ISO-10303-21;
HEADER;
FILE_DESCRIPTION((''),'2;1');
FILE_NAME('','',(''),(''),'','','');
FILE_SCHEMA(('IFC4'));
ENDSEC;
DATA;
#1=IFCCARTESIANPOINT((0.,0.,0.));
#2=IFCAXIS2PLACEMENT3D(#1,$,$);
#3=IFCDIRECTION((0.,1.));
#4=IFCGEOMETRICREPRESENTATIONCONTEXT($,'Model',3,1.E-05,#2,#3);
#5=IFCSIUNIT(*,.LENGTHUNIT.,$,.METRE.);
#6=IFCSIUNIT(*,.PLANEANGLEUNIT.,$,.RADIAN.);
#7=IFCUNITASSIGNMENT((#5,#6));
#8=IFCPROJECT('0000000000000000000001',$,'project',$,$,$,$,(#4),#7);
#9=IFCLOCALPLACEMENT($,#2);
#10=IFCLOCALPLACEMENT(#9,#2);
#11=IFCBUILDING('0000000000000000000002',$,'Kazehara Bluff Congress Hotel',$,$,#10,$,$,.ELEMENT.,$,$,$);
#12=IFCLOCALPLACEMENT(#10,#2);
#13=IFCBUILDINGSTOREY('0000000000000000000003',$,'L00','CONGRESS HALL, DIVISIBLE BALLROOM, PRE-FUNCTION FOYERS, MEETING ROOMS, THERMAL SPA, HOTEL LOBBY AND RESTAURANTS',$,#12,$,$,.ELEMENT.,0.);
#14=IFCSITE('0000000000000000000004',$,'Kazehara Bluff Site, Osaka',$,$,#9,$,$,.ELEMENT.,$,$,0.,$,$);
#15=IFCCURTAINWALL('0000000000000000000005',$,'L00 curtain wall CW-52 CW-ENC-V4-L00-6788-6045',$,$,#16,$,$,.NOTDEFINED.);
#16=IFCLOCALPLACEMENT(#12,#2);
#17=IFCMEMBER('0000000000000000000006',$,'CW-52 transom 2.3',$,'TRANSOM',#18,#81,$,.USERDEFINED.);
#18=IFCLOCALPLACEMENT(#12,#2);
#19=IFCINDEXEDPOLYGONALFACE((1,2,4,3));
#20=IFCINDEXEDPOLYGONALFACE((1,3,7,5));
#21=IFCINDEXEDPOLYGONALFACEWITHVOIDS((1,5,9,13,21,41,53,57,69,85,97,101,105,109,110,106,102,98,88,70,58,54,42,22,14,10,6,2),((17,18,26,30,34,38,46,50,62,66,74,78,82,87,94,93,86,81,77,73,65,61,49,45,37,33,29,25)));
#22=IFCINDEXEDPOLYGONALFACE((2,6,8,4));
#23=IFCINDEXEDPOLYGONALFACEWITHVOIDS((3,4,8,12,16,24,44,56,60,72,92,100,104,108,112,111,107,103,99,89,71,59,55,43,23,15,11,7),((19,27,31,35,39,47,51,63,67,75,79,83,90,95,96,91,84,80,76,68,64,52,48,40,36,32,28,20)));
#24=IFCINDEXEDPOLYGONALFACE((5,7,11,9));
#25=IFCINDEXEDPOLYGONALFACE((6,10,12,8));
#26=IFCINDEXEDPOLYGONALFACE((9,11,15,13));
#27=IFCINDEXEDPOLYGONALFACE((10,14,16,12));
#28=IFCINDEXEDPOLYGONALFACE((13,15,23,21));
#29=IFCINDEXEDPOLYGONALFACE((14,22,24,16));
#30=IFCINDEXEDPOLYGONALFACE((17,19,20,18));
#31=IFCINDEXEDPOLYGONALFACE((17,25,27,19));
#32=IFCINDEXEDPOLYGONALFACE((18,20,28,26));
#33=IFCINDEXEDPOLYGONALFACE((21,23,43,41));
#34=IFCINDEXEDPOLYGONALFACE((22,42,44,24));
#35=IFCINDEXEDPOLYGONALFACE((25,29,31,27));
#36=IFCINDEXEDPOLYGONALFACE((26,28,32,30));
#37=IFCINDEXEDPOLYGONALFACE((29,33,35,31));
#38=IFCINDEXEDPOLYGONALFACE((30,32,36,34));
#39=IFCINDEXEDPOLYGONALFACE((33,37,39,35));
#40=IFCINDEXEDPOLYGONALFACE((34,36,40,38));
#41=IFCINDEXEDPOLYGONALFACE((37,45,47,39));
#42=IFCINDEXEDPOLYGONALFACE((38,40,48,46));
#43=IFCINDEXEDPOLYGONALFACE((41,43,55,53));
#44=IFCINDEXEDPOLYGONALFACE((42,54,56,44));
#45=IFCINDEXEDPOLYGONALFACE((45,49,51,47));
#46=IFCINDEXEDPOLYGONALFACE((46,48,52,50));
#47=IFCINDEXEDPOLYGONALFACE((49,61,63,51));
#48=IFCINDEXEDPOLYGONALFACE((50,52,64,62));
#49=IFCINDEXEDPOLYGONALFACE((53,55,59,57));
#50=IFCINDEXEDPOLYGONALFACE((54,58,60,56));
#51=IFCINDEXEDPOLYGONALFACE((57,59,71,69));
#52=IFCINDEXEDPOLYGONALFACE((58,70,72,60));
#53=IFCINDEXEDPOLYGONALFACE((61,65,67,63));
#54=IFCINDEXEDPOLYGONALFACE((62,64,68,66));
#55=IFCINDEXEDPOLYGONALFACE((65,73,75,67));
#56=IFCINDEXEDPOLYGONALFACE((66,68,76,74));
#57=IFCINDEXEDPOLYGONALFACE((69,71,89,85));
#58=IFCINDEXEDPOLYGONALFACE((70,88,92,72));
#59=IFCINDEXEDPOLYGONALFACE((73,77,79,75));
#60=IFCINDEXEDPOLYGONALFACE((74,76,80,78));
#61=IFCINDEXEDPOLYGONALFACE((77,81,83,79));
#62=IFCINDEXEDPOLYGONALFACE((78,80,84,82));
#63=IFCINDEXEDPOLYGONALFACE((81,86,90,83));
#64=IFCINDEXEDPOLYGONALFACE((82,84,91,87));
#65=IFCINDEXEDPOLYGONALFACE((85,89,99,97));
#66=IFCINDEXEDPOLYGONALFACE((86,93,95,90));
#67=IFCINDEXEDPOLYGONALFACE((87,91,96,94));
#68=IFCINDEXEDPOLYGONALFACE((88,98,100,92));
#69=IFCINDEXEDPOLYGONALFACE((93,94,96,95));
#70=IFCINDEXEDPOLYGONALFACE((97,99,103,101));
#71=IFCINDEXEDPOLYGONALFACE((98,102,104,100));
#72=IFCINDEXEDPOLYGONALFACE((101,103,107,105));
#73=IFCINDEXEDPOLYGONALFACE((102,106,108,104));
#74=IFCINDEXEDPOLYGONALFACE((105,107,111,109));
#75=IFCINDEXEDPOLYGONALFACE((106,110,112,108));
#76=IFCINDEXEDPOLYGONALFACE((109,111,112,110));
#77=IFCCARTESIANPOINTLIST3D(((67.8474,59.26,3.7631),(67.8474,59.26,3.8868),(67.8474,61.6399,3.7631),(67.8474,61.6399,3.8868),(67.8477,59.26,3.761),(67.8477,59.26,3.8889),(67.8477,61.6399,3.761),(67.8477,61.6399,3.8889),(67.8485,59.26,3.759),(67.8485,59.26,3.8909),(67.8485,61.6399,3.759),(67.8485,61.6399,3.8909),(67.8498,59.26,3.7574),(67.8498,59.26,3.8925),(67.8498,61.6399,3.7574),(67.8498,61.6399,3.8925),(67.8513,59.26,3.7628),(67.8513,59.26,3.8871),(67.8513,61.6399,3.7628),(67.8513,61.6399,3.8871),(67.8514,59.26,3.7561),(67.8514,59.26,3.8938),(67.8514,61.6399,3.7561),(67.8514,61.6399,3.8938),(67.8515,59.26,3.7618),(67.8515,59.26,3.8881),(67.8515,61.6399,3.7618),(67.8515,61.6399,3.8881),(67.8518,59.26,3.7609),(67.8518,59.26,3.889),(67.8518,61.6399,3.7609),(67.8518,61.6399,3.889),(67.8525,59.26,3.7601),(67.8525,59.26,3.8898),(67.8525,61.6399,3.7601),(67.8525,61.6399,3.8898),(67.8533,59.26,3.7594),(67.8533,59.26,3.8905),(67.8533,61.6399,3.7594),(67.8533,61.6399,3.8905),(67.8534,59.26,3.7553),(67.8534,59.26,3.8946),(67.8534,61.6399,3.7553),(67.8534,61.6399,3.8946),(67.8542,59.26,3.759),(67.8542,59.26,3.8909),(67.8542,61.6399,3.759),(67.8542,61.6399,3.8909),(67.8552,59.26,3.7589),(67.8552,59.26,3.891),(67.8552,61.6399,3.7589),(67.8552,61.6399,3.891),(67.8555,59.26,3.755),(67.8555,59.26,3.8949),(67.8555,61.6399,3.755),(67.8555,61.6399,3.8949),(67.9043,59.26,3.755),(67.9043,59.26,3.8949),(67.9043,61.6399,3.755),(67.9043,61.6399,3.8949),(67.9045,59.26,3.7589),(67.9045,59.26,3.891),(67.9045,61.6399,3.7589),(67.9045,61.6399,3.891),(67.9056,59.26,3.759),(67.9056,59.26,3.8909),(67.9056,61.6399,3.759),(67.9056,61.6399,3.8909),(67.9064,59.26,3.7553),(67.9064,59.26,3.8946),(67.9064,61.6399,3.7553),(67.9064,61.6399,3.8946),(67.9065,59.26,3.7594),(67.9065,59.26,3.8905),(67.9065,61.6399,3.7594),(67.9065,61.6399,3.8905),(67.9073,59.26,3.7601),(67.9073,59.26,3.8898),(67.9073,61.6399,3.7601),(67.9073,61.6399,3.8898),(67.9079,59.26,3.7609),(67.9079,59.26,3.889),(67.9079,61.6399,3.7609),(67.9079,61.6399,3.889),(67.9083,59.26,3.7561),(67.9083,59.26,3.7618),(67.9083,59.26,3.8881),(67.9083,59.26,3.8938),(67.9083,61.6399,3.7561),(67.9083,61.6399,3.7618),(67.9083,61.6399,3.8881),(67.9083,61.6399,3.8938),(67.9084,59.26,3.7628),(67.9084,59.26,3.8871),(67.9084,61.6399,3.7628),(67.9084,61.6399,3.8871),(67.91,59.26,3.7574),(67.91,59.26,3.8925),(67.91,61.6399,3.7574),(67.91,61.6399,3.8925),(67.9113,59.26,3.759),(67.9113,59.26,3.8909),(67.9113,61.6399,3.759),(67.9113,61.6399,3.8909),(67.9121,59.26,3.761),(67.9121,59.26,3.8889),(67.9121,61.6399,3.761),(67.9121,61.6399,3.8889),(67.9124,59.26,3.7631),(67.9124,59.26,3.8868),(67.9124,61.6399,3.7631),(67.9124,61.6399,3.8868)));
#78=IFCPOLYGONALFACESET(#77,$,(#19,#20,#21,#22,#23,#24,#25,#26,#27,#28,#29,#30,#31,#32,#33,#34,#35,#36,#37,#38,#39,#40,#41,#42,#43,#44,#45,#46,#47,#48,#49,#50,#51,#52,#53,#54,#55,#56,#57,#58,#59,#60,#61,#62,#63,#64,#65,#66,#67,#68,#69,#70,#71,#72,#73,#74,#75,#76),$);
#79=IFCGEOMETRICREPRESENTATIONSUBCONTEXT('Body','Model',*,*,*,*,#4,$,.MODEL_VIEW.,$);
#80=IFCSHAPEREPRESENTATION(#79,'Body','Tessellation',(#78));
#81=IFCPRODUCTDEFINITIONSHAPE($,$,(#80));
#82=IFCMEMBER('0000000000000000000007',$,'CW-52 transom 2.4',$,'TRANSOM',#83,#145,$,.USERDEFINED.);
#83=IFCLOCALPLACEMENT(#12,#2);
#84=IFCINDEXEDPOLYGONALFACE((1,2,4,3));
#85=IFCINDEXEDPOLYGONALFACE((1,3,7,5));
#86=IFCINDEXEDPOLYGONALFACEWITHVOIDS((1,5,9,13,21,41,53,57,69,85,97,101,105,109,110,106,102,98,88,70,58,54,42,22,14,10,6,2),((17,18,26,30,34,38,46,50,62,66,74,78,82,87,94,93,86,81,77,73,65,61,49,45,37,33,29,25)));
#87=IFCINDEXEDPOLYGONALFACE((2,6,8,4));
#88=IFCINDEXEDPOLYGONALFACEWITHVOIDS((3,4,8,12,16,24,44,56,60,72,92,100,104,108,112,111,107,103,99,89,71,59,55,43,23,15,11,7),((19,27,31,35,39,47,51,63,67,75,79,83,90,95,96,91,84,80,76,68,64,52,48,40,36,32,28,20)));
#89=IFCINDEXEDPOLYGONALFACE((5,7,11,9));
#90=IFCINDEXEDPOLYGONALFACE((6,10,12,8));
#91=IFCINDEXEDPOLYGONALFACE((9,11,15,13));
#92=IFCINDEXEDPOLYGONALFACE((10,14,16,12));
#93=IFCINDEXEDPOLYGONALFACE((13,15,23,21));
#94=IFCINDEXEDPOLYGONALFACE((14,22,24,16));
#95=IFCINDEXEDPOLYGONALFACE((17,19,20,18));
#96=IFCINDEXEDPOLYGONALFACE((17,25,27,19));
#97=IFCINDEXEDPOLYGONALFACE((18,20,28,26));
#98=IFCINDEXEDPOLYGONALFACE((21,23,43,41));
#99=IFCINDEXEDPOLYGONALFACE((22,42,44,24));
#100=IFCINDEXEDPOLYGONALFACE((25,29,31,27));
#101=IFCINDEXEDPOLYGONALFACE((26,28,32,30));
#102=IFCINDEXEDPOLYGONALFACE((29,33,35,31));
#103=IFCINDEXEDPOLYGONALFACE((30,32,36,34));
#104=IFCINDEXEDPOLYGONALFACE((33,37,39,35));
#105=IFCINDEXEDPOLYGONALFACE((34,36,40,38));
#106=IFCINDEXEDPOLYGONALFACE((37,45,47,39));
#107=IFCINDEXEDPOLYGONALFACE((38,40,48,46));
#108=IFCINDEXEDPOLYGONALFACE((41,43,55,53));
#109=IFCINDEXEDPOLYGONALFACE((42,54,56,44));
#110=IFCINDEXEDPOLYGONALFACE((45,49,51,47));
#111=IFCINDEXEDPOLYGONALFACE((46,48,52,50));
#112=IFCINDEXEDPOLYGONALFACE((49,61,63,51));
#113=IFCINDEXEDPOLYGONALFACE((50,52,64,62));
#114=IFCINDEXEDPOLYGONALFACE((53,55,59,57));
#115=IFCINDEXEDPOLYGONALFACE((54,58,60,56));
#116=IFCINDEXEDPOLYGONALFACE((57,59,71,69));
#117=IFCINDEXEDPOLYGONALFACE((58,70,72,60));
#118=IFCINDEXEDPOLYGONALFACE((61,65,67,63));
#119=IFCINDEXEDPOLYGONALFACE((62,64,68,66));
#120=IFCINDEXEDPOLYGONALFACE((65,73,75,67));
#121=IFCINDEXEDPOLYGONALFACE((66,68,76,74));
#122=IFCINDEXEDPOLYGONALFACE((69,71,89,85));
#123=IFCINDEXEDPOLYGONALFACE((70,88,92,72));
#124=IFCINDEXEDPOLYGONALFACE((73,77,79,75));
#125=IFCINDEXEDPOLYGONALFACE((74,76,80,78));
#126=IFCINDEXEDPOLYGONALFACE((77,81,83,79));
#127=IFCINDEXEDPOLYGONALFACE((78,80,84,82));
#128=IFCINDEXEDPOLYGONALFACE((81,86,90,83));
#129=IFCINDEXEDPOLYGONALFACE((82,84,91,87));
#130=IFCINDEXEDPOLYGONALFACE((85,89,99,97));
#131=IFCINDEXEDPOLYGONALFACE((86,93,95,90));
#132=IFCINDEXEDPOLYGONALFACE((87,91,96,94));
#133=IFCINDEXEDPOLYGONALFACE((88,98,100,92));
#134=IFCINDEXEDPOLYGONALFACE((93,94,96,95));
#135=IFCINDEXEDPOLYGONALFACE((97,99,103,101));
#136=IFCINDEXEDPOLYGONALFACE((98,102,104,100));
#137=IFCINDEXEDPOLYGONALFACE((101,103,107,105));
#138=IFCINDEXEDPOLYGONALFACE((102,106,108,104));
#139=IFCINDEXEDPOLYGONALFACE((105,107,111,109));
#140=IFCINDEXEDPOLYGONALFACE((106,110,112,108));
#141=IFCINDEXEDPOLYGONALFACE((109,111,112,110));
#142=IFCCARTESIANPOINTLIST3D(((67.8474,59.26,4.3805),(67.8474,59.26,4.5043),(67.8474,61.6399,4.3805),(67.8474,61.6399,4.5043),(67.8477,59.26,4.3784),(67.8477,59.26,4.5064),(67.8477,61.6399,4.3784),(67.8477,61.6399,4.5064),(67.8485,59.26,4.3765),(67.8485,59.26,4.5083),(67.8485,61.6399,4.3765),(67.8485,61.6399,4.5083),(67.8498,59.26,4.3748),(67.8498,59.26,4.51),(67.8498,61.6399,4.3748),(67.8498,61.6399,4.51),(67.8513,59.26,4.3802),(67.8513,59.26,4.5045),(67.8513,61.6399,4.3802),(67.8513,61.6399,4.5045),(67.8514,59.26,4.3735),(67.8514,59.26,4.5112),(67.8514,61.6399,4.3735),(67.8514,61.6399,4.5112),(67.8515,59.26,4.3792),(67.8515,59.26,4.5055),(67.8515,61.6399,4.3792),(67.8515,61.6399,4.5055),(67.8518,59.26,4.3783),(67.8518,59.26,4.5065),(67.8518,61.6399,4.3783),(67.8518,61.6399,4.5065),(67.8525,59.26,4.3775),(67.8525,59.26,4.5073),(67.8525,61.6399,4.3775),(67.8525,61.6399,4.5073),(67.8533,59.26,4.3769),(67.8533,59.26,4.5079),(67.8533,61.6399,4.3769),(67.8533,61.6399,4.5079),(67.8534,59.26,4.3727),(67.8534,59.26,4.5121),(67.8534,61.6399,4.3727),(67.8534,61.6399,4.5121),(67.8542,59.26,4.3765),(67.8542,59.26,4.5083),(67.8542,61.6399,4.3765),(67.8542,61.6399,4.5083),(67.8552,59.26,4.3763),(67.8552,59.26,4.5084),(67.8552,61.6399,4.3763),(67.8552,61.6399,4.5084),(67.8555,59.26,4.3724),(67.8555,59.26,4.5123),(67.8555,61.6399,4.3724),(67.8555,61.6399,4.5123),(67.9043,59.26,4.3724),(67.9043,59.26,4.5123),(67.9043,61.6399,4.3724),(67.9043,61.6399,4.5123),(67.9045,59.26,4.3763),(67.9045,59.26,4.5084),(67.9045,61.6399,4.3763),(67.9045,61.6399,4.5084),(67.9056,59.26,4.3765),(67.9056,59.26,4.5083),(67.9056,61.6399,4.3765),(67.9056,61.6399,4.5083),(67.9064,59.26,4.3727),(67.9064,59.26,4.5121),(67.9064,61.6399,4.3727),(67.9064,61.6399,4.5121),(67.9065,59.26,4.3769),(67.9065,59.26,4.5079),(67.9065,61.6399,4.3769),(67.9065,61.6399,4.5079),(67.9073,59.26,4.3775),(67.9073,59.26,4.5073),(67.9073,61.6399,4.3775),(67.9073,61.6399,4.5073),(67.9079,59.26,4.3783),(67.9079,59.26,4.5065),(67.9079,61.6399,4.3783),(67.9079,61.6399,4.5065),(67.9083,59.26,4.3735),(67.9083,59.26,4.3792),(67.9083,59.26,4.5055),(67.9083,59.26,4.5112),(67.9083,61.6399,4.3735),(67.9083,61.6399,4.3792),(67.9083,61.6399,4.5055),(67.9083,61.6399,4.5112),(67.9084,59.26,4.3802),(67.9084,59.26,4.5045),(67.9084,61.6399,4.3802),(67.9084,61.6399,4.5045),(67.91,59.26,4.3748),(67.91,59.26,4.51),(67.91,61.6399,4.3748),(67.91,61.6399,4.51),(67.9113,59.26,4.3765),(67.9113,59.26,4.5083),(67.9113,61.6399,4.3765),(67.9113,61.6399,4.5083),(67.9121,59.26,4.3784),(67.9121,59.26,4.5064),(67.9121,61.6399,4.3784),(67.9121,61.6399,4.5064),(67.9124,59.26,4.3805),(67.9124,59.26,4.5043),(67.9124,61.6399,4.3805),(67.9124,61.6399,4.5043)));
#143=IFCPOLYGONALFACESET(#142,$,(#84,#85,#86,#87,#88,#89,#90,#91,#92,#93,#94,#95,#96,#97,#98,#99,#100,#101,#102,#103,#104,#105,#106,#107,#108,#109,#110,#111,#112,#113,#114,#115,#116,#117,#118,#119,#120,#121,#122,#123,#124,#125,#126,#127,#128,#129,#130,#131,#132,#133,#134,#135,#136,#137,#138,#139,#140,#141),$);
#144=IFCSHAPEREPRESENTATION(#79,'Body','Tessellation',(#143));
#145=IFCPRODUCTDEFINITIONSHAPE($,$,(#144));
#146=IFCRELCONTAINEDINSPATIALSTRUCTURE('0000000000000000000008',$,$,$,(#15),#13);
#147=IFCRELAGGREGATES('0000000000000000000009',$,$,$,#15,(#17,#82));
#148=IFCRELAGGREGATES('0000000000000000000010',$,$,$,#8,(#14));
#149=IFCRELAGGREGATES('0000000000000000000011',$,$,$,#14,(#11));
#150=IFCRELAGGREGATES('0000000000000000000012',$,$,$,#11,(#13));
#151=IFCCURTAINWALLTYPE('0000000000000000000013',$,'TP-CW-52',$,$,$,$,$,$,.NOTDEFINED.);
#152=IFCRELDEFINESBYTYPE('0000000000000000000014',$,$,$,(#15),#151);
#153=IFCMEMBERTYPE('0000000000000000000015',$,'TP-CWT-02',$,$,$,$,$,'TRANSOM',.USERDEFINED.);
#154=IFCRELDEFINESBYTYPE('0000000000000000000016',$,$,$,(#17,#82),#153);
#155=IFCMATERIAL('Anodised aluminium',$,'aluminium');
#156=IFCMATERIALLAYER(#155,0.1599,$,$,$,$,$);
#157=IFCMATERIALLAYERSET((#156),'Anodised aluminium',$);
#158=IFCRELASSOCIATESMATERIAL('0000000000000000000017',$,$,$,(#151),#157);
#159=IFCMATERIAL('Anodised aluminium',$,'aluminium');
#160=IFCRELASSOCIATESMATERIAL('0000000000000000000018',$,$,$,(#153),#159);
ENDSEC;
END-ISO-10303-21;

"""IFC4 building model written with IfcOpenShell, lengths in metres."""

from ifc_helpers import new_model, si_unit, direction, frame, origin, origin_2d, place, context, subcontext, project, spatial, hollow_rectangle, extrude, material, layer, layer_set, material_profile, profile_set, type_object, element, aggregate, save


model = new_model("IFC4")

# Units and contexts
model_context = context("Model", 3, precision=1e-05, world=origin(), true_north=direction((0.0, 1.0)))
body_context = subcontext(model_context, "Body", "Model", "MODEL_VIEW")
ifc_project = project(units=[si_unit("LENGTHUNIT", "METRE"), si_unit("PLANEANGLEUNIT", "RADIAN")], contexts=[model_context])

# Site, building, storey
site_placement = place(None, origin())
site = spatial("IfcSite", under=ifc_project, at=site_placement, Name="Kazehara Bluff Site, Osaka", CompositionType="ELEMENT", RefElevation=0.0)
building_placement = place(site_placement, origin())
building = spatial("IfcBuilding", under=site, at=building_placement, Name="Kazehara Bluff Congress Hotel", CompositionType="ELEMENT")
storey_placement = place(building_placement, origin())
storey = spatial("IfcBuildingStorey", under=building, at=storey_placement, Name="L00", Description="CONGRESS HALL, DIVISIBLE BALLROOM, PRE-FUNCTION FOYERS, MEETING ROOMS, THERMAL SPA, HOTEL LOBBY AND RESTAURANTS", CompositionType="ELEMENT", Elevation=0.0)

# Curtain wall
ifc_material_1 = material(Name="Anodised aluminium", Category="aluminium")
ifc_layer_1 = layer(ifc_material_1, 0.1599)
ifc_layer_set_1 = layer_set([ifc_layer_1], Name="Anodised aluminium")
curtain_wall_type_1 = type_object("IfcCurtainWallType", Name="TP-CW-52", PredefinedType="NOTDEFINED", material=ifc_layer_set_1)
curtain_wall_1_placement = place(storey_placement, origin())
curtain_wall_1 = element("IfcCurtainWall", 1, at=curtain_wall_1_placement, inside=storey, type_object=curtain_wall_type_1, Name="L00 curtain wall CW-52 CW-ENC-V4-L00-6788-6045", PredefinedType="NOTDEFINED")

# Members
ifc_material_2 = material(Name="Anodised aluminium", Category="aluminium")
ifc_material_profile_1 = material_profile(ifc_material_2, hollow_rectangle(XDim=0.0649, YDim=0.1399, WallThickness=0.0039, InnerFilletRadius=0.0039, OuterFilletRadius=0.0081, at=origin_2d()))
ifc_profile_set_1 = profile_set([ifc_material_profile_1], Name="Anodised aluminium")
member_type_1 = type_object("IfcMemberType", Name="TP-CWT-02", ElementType="TRANSOM", PredefinedType="USERDEFINED", material=ifc_profile_set_1)
member_1_placement = place(storey_placement, frame((67.8799, 61.6399, 3.825), z_axis=(0.0, -1.0, 0.0), x_axis=(1.0, 0.0, 0.0)))
member_1 = element("IfcMember", 2, at=member_1_placement, type_object=member_type_1, Name="CW-52 transom 2.3", ObjectType="TRANSOM", PredefinedType="USERDEFINED", context=body_context, shape_type="SweptSolid", body=[
    extrude(hollow_rectangle(XDim=0.0649, YDim=0.1399, WallThickness=0.0039, InnerFilletRadius=0.0039, OuterFilletRadius=0.0081, at=origin_2d()), origin(), (0.0, 0.0, 1.0), 2.3799),
])
member_2_placement = place(storey_placement, frame((67.8799, 61.6399, 4.4424), z_axis=(0.0, -1.0, 0.0), x_axis=(1.0, 0.0, 0.0)))
member_2 = element("IfcMember", 3, at=member_2_placement, type_object=member_type_1, Name="CW-52 transom 2.4", ObjectType="TRANSOM", PredefinedType="USERDEFINED", context=body_context, shape_type="SweptSolid", body=[
    extrude(hollow_rectangle(XDim=0.0649, YDim=0.1399, WallThickness=0.0039, InnerFilletRadius=0.0039, OuterFilletRadius=0.0081, at=origin_2d()), origin(), (0.0, 0.0, 1.0), 2.3799),
])

aggregate(curtain_wall_1, [member_1, member_2])

save(model, "model.ifc")
